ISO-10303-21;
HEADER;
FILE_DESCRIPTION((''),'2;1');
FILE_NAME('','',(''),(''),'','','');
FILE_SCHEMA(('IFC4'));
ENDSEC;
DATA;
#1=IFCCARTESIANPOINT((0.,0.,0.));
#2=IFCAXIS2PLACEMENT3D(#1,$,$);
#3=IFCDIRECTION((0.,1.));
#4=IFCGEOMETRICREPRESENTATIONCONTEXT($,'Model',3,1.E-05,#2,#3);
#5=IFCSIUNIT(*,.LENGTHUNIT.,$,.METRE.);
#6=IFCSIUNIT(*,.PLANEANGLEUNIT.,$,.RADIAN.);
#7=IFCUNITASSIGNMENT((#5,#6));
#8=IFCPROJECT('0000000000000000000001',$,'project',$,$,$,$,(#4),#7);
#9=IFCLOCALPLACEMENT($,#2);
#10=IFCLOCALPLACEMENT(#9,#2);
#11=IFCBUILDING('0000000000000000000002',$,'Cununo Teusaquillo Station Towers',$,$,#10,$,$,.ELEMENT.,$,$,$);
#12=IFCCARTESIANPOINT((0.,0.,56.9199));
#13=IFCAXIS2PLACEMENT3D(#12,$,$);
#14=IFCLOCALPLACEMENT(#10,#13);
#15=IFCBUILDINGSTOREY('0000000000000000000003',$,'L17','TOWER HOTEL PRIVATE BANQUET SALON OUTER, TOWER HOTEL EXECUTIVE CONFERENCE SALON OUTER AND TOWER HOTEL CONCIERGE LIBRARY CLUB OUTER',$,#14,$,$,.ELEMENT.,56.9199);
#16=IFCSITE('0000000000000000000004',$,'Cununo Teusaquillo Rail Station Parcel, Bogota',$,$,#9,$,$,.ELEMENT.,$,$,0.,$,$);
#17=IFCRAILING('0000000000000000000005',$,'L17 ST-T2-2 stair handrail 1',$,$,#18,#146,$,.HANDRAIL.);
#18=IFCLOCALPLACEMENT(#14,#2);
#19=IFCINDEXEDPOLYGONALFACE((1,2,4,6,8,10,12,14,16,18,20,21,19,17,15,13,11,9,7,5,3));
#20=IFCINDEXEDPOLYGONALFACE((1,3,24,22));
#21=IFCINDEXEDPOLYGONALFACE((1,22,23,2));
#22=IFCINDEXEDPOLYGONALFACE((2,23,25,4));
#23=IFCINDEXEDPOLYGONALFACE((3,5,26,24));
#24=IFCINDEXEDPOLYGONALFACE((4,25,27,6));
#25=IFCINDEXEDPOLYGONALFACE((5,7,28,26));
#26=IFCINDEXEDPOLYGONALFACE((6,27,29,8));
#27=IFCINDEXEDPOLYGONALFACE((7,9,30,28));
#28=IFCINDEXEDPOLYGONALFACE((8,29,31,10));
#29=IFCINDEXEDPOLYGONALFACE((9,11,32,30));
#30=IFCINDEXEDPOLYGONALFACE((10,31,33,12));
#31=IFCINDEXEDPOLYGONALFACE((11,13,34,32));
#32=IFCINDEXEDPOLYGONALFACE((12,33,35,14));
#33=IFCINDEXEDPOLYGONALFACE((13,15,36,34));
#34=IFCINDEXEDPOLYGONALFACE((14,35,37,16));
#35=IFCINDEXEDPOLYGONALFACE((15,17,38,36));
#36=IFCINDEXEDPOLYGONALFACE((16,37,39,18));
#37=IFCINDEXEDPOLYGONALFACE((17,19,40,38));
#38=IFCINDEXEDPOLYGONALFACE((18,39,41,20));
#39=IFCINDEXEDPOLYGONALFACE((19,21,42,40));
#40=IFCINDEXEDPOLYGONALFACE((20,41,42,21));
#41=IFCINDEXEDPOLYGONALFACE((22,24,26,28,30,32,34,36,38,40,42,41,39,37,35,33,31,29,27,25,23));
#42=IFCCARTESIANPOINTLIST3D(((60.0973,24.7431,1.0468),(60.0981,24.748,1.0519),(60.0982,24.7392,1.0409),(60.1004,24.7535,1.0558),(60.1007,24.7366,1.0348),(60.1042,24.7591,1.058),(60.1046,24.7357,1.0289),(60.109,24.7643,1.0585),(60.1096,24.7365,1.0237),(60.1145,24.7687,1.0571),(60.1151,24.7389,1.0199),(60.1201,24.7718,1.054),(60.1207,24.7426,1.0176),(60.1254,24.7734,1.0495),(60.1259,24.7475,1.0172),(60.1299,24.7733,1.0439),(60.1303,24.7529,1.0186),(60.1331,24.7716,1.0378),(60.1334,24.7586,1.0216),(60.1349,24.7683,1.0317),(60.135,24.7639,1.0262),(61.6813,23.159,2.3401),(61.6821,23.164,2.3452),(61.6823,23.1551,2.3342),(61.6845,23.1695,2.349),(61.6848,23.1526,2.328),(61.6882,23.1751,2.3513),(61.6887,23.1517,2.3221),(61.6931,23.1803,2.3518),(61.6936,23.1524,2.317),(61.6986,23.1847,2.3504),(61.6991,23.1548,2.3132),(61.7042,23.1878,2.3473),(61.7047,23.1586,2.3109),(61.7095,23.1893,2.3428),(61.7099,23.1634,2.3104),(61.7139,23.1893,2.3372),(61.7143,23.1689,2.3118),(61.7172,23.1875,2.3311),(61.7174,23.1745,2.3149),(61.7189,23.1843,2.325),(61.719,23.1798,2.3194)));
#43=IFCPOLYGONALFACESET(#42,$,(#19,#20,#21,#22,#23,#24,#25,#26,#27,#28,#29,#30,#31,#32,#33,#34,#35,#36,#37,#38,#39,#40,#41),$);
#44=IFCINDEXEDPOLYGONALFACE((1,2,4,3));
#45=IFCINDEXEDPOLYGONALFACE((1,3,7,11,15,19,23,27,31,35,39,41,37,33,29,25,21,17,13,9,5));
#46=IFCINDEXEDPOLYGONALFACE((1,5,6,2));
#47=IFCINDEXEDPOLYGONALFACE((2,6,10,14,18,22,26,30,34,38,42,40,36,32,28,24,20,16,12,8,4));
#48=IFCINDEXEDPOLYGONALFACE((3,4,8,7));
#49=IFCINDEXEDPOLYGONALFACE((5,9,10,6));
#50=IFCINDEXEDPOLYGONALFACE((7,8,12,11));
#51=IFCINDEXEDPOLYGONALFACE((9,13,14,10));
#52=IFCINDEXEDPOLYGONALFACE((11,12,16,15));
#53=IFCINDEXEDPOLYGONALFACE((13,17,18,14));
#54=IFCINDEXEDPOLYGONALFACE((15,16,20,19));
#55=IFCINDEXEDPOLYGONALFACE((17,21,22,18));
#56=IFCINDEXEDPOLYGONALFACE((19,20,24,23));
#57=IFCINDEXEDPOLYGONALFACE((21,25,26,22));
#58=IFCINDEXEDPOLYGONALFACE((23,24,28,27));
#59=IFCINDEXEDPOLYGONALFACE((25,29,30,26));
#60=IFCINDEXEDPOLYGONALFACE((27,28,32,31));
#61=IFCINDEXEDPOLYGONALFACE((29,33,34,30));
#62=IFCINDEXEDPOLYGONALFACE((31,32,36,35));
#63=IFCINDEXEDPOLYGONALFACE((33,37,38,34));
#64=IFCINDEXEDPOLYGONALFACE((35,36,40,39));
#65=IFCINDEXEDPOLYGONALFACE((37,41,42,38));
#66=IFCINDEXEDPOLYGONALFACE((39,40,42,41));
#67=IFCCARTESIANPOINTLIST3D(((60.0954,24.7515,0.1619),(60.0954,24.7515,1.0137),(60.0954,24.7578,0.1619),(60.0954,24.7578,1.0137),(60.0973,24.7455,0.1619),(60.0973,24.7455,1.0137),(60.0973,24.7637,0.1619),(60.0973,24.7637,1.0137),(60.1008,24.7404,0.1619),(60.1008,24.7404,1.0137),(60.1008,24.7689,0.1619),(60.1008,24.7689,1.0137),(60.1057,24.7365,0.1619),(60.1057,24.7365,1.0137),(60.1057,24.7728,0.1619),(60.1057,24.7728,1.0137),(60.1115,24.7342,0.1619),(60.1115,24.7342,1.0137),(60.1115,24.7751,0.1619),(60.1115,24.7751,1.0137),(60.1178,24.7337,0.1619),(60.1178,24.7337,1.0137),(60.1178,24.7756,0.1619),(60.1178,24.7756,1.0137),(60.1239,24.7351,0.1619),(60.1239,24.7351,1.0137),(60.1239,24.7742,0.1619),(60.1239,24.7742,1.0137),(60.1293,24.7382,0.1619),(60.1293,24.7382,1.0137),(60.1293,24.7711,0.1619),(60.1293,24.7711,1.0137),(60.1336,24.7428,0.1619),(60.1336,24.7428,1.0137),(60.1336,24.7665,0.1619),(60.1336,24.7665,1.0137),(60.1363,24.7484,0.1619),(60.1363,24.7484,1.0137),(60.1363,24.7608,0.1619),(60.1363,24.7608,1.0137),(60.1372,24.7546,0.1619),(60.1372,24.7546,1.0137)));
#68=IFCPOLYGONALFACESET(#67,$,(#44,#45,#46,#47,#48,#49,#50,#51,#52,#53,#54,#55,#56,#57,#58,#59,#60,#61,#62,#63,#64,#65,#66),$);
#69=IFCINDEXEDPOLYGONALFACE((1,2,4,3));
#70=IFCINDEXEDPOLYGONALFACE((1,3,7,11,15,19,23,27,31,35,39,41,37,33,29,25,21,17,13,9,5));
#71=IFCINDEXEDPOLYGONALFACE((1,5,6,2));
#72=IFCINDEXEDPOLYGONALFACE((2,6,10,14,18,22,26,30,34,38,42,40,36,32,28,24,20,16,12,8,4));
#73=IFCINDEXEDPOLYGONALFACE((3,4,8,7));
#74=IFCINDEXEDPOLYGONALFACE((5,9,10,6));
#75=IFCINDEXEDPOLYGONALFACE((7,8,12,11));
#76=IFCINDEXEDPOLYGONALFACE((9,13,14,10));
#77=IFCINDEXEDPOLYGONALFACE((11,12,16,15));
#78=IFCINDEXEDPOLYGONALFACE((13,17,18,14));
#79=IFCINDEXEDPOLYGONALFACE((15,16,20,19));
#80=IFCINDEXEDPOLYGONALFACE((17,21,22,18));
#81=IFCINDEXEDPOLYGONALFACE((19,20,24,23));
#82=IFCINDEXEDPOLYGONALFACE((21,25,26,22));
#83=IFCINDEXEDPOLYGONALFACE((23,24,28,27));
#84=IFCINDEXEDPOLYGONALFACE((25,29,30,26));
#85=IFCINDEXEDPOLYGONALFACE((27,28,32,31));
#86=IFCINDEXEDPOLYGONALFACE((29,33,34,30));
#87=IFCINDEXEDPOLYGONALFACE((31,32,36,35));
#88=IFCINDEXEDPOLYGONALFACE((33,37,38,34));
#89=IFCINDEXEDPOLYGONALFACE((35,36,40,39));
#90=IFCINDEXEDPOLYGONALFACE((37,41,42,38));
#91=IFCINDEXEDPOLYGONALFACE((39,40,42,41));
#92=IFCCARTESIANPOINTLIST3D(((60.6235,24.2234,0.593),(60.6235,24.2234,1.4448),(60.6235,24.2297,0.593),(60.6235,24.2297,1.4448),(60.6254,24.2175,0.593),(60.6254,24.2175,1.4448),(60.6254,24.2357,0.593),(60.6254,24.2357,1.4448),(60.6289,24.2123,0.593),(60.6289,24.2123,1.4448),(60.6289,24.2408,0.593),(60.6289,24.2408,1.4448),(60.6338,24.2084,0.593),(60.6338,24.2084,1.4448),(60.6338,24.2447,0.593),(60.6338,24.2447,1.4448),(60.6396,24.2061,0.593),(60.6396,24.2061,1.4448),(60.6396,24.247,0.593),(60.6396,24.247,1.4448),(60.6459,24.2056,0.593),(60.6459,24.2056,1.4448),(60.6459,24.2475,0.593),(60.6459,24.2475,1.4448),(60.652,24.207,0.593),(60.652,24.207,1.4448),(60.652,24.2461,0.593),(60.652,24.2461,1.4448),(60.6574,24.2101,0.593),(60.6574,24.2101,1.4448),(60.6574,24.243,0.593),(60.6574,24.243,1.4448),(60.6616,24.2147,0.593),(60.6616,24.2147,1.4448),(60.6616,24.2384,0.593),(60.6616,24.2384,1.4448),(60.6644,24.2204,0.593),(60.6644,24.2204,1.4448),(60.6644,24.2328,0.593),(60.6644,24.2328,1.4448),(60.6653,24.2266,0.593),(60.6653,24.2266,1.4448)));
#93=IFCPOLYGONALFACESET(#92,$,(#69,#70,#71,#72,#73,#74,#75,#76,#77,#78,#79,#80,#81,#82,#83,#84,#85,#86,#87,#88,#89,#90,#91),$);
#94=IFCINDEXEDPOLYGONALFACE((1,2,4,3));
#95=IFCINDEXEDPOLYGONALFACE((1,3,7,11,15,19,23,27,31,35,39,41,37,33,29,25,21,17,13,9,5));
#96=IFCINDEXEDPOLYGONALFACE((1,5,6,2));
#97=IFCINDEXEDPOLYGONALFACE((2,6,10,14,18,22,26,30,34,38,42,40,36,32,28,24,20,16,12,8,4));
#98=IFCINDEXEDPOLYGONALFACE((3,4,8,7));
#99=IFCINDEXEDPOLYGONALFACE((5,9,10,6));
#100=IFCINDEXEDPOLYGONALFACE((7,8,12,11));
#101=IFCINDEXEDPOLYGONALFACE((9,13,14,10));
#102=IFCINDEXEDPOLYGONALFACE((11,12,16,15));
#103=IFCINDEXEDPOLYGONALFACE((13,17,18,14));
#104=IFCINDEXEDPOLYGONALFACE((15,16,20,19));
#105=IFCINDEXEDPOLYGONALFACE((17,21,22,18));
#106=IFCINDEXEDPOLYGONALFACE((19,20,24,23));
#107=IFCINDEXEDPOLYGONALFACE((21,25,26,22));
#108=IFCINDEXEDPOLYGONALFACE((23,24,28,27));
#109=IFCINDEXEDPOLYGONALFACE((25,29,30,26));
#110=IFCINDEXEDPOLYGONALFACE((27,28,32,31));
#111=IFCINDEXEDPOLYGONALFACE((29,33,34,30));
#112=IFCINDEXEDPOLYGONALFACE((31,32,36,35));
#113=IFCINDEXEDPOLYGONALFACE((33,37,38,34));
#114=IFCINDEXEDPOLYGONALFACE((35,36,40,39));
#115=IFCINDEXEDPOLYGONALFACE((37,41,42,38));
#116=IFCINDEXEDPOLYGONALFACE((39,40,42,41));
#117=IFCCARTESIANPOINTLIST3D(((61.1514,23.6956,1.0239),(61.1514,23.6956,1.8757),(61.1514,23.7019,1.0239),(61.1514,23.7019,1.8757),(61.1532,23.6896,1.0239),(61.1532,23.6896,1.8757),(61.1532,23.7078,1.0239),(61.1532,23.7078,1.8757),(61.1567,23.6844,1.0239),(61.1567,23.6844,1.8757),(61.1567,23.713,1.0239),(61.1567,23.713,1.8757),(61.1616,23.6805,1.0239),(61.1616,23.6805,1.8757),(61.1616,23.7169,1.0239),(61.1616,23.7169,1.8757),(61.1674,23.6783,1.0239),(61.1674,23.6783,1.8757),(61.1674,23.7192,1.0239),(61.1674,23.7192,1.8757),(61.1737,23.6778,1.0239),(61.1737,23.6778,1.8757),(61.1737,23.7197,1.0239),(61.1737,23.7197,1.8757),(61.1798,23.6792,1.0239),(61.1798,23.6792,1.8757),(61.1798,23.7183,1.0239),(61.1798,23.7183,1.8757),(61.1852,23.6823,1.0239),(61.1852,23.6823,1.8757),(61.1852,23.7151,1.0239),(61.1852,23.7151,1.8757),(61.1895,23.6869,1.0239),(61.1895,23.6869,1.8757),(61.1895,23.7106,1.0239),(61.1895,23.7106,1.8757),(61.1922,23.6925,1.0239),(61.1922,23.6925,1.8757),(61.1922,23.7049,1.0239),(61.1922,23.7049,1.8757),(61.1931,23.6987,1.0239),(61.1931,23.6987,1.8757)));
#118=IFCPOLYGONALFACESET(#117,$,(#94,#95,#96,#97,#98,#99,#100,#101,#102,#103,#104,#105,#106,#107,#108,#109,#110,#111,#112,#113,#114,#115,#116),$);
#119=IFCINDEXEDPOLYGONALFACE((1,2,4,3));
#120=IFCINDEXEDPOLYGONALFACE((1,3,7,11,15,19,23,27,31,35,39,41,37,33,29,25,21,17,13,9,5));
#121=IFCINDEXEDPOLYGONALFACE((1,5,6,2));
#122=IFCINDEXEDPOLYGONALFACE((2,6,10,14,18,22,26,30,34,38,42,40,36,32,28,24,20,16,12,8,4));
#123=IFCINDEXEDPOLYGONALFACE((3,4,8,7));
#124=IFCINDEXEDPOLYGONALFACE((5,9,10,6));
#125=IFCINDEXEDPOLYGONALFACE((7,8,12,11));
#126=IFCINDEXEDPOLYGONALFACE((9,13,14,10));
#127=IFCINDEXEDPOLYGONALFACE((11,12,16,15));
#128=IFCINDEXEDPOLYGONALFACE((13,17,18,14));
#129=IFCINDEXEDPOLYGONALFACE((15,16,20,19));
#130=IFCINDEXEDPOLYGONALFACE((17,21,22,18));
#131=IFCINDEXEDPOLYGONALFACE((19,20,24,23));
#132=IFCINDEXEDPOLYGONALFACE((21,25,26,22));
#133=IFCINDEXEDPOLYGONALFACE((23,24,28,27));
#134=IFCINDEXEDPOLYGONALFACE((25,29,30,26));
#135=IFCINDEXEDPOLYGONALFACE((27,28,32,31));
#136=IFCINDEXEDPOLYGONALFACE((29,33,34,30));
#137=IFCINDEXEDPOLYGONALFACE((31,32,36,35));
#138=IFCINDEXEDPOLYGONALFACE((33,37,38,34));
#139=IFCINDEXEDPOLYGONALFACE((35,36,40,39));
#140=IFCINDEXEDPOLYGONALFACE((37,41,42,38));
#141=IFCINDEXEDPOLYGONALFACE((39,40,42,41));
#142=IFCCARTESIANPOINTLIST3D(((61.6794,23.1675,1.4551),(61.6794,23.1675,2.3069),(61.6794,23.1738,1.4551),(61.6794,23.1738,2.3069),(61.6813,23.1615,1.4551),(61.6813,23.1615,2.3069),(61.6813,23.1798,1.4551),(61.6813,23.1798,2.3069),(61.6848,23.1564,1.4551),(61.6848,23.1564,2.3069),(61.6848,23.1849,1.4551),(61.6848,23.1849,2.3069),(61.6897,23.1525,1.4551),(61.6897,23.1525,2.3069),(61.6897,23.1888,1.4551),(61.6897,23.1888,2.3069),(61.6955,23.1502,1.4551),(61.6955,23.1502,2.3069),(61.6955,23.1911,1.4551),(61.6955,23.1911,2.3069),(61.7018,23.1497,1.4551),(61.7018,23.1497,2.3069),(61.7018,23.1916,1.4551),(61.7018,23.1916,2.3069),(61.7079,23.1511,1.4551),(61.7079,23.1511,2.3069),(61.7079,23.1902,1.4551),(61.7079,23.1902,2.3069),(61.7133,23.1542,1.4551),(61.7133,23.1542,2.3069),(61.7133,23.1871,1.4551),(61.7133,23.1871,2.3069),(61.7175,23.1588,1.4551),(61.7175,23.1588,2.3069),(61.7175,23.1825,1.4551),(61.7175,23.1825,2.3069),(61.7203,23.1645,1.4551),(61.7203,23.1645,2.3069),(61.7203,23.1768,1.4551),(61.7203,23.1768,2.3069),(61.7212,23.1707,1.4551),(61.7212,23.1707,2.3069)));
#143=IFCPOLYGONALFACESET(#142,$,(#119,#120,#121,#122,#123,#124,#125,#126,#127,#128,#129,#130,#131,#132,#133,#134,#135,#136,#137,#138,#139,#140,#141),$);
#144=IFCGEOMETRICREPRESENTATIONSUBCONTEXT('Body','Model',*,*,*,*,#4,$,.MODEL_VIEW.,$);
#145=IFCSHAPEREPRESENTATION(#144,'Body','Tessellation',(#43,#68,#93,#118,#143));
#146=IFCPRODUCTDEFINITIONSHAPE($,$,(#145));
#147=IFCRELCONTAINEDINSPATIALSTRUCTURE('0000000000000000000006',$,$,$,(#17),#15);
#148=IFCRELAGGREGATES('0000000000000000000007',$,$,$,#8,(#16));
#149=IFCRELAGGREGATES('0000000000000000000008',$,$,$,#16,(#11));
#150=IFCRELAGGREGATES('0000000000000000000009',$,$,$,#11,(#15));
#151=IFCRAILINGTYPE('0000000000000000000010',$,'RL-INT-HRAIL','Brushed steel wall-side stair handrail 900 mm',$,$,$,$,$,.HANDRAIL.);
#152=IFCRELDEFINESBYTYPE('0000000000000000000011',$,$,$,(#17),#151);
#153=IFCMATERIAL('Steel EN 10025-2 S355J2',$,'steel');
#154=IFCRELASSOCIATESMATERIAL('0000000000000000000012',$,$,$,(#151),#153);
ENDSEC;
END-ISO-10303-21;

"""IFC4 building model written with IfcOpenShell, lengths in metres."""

from ifc_helpers import new_model, si_unit, direction, frame, origin, origin_2d, place, context, subcontext, project, spatial, circle, extrude, material, type_object, element, save


model = new_model("IFC4")

# Units and contexts
model_context = context("Model", 3, precision=1e-05, world=origin(), true_north=direction((0.0, 1.0)))
body_context = subcontext(model_context, "Body", "Model", "MODEL_VIEW")
ifc_project = project(units=[si_unit("LENGTHUNIT", "METRE"), si_unit("PLANEANGLEUNIT", "RADIAN")], contexts=[model_context])

# Site, building, storey
site_placement = place(None, origin())
site = spatial("IfcSite", under=ifc_project, at=site_placement, Name="Cununo Teusaquillo Rail Station Parcel, Bogota", CompositionType="ELEMENT", RefElevation=0.0)
building_placement = place(site_placement, origin())
building = spatial("IfcBuilding", under=site, at=building_placement, Name="Cununo Teusaquillo Station Towers", CompositionType="ELEMENT")
storey_placement = place(building_placement, frame((0.0, 0.0, 56.9199)))
storey = spatial("IfcBuildingStorey", under=building, at=storey_placement, Name="L17", Description="TOWER HOTEL PRIVATE BANQUET SALON OUTER, TOWER HOTEL EXECUTIVE CONFERENCE SALON OUTER AND TOWER HOTEL CONCIERGE LIBRARY CLUB OUTER", CompositionType="ELEMENT", Elevation=56.9199)

# Railing
ifc_material_1 = material(Name="Steel EN 10025-2 S355J2", Category="steel")
railing_type_1 = type_object("IfcRailingType", Name="RL-INT-HRAIL", Description="Brushed steel wall-side stair handrail 900 mm", PredefinedType="HANDRAIL", material=ifc_material_1)
railing_1_placement = place(storey_placement, frame((60.1162, 24.7546, 0.1619)))
element("IfcRailing", 1, at=railing_1_placement, inside=storey, type_object=railing_type_1, Name="L17 ST-T2-2 stair handrail 1", PredefinedType="HANDRAIL", context=body_context, shape_type="SweptSolid", body=[
    extrude(circle(Radius=0.0239, at=origin_2d()), frame((0.0, 0.0, 0.876), z_axis=(0.612385, -0.612385, 0.49997), x_axis=(0.707107, 0.707107, 0.0)), (0.0, 0.0, 1.0), 2.5867),
    extrude(circle(Radius=0.021, at=origin_2d()), origin(), (0.0, 0.0, 1.0), 0.8518),
    extrude(circle(Radius=0.021, at=origin_2d()), frame((0.5281, -0.5281, 0.4312)), (0.0, 0.0, 1.0), 0.8518),
    extrude(circle(Radius=0.021, at=origin_2d()), frame((1.0559, -1.0559, 0.8621)), (0.0, 0.0, 1.0), 0.8518),
    extrude(circle(Radius=0.021, at=origin_2d()), frame((1.584, -1.584, 1.2932)), (0.0, 0.0, 1.0), 0.8518),
])

save(model, "model.ifc")
